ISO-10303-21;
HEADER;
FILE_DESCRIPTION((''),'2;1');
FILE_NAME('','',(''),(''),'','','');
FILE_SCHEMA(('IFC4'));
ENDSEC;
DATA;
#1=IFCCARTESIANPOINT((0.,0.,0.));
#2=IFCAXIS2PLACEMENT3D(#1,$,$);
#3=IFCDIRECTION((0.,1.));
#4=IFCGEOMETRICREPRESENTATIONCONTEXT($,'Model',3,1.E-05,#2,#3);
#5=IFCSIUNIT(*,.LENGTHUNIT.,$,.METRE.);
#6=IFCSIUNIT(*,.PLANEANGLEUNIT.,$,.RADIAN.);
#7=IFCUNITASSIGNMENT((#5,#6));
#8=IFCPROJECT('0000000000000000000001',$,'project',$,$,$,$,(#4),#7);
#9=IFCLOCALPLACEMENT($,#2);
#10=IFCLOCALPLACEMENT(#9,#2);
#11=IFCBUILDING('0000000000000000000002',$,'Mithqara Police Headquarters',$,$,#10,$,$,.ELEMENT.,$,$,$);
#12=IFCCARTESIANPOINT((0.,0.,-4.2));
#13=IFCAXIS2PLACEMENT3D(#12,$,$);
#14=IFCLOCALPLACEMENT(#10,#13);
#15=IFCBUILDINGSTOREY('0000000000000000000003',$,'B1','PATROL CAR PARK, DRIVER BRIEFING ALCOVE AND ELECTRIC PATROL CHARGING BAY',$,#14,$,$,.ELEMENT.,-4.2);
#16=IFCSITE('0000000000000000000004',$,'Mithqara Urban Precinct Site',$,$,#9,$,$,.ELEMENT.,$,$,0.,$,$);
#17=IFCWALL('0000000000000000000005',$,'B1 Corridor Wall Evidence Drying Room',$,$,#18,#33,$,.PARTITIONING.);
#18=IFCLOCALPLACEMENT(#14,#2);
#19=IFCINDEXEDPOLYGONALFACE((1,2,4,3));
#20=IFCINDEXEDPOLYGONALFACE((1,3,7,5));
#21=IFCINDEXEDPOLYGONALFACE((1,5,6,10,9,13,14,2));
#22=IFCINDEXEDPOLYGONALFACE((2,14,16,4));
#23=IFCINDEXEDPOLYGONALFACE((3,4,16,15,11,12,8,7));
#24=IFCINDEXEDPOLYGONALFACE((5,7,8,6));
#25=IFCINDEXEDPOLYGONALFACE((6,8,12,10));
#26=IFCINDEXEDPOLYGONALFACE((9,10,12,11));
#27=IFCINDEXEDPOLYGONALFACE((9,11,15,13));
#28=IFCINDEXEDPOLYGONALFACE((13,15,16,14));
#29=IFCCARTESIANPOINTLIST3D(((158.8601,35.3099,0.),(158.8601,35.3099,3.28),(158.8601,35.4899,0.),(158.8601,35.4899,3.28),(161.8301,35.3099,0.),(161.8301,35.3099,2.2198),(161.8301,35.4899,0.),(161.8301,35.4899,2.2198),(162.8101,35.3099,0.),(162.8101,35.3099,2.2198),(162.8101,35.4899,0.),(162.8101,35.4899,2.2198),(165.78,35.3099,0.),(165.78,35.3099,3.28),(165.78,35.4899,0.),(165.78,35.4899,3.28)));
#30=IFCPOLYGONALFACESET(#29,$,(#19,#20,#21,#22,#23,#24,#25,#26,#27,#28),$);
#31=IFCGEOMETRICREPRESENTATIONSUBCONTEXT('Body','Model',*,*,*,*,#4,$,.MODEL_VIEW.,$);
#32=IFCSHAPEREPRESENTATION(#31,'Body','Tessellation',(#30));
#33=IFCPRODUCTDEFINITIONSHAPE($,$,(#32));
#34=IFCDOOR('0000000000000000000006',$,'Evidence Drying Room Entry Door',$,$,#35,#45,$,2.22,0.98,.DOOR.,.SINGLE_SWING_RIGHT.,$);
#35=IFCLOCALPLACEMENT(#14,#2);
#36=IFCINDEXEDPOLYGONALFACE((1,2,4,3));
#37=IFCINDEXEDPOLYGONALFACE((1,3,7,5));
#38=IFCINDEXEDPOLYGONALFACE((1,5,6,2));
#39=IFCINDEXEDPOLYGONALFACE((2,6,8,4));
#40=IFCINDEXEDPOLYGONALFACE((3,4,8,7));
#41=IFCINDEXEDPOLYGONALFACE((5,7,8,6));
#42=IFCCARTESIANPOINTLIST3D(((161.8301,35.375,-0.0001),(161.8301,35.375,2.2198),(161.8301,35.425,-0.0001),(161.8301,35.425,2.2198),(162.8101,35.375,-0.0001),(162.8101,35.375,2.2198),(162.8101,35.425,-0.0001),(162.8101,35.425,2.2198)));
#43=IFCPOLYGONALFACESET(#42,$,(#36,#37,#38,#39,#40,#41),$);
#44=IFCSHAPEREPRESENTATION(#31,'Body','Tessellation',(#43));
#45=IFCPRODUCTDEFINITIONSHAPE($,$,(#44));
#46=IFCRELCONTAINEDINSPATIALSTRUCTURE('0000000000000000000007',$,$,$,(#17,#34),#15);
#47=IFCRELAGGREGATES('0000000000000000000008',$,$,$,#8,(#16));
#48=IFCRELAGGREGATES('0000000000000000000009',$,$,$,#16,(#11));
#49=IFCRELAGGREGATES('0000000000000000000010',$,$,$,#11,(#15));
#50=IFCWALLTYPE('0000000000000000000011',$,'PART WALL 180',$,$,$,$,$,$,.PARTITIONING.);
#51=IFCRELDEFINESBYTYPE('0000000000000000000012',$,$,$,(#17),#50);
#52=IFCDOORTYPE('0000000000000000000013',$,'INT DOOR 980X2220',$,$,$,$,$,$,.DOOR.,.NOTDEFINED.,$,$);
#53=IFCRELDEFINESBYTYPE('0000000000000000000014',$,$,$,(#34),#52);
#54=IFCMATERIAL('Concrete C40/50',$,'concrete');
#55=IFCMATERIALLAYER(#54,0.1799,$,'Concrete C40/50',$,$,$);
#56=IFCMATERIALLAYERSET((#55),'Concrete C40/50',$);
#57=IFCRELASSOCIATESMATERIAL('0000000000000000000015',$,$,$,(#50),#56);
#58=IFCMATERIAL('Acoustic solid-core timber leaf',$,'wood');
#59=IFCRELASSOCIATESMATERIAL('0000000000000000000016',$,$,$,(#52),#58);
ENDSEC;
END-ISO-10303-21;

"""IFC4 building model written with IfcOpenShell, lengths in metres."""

from ifc_helpers import new_model, si_unit, direction, frame, frame_2d, origin, place, context, subcontext, project, spatial, rectangle, extrude, material, layer, layer_set, type_object, element, fill, save


model = new_model("IFC4")

# Units and contexts
model_context = context("Model", 3, precision=1e-05, world=origin(), true_north=direction((0.0, 1.0)))
body_context = subcontext(model_context, "Body", "Model", "MODEL_VIEW")
ifc_project = project(units=[si_unit("LENGTHUNIT", "METRE"), si_unit("PLANEANGLEUNIT", "RADIAN")], contexts=[model_context])

# Site, building, storey
site_placement = place(None, origin())
site = spatial("IfcSite", under=ifc_project, at=site_placement, Name="Mithqara Urban Precinct Site", CompositionType="ELEMENT", RefElevation=0.0)
building_placement = place(site_placement, origin())
building = spatial("IfcBuilding", under=site, at=building_placement, Name="Mithqara Police Headquarters", CompositionType="ELEMENT")
storey_placement = place(building_placement, frame((0.0, 0.0, -4.2)))
storey = spatial("IfcBuildingStorey", under=building, at=storey_placement, Name="B1", Description="PATROL CAR PARK, DRIVER BRIEFING ALCOVE AND ELECTRIC PATROL CHARGING BAY", CompositionType="ELEMENT", Elevation=-4.2)

# Shared definitions
ifc_material_1 = material(Name="Concrete C40/50", Category="concrete")

# Shared definitions
ifc_layer = layer(ifc_material_1, 0.1799, Name="Concrete C40/50")
ifc_layer_set = layer_set([ifc_layer], Name="Concrete C40/50")
wall_type = type_object("IfcWallType", Name="PART WALL 180", PredefinedType="PARTITIONING", material=ifc_layer_set)

# Shared definitions
ifc_material_2 = material(Name="Acoustic solid-core timber leaf", Category="wood")

# Wall, opening, door
wall_1_placement = place(storey_placement, frame((158.8601, 35.3999, 0.0), z_axis=(0.0, 0.0, 1.0), x_axis=(1.0, 0.0, 0.0)))
wall_1 = element("IfcWall", 1, at=wall_1_placement, inside=storey, type_object=wall_type, Name="B1 Corridor Wall Evidence Drying Room", PredefinedType="PARTITIONING", context=body_context, shape_type="SweptSolid", body=[
    extrude(rectangle(XDim=6.9199, YDim=0.1799, at=frame_2d((3.46, 0.0))), origin(), (0.0, 0.0, 1.0), 3.28),
])
opening_1_placement = place(wall_1_placement, frame((2.97, 0.0, 0.0)))
opening_1 = element("IfcOpeningElement", 2, at=opening_1_placement, cuts=wall_1, PredefinedType="OPENING", context=body_context, shape_type="SweptSolid", body=[
    extrude(rectangle(XDim=0.98, YDim=2.22, at=frame_2d((0.49, 1.1099))), frame((0.0, 0.1001, 0.0), z_axis=(0.0, -1.0, 0.0), x_axis=(1.0, 0.0, 0.0)), (0.0, 0.0, 1.0), 0.2),
])
door_type_1 = type_object("IfcDoorType", Name="INT DOOR 980X2220", OperationType="NOTDEFINED", PredefinedType="DOOR", material=ifc_material_2)
door_1_placement = place(opening_1_placement, frame((0.98, 0.0, 0.0), z_axis=(0.0, 0.0, 1.0), x_axis=(-1.0, 0.0, 0.0)))
door_1 = element("IfcDoor", 3, at=door_1_placement, inside=storey, type_object=door_type_1, Name="Evidence Drying Room Entry Door", OperationType="SINGLE_SWING_RIGHT", OverallHeight=2.22, OverallWidth=0.98, PredefinedType="DOOR", context=body_context, shape_type="SweptSolid", body=[
    extrude(rectangle(XDim=0.98, YDim=2.22, at=frame_2d((0.49, 1.1099))), frame((0.0, 0.0249, 0.0), z_axis=(0.0, -1.0, 0.0), x_axis=(1.0, 0.0, 0.0)), (0.0, 0.0, 1.0), 0.05),
])
fill(opening_1, door_1)

save(model, "model.ifc")
